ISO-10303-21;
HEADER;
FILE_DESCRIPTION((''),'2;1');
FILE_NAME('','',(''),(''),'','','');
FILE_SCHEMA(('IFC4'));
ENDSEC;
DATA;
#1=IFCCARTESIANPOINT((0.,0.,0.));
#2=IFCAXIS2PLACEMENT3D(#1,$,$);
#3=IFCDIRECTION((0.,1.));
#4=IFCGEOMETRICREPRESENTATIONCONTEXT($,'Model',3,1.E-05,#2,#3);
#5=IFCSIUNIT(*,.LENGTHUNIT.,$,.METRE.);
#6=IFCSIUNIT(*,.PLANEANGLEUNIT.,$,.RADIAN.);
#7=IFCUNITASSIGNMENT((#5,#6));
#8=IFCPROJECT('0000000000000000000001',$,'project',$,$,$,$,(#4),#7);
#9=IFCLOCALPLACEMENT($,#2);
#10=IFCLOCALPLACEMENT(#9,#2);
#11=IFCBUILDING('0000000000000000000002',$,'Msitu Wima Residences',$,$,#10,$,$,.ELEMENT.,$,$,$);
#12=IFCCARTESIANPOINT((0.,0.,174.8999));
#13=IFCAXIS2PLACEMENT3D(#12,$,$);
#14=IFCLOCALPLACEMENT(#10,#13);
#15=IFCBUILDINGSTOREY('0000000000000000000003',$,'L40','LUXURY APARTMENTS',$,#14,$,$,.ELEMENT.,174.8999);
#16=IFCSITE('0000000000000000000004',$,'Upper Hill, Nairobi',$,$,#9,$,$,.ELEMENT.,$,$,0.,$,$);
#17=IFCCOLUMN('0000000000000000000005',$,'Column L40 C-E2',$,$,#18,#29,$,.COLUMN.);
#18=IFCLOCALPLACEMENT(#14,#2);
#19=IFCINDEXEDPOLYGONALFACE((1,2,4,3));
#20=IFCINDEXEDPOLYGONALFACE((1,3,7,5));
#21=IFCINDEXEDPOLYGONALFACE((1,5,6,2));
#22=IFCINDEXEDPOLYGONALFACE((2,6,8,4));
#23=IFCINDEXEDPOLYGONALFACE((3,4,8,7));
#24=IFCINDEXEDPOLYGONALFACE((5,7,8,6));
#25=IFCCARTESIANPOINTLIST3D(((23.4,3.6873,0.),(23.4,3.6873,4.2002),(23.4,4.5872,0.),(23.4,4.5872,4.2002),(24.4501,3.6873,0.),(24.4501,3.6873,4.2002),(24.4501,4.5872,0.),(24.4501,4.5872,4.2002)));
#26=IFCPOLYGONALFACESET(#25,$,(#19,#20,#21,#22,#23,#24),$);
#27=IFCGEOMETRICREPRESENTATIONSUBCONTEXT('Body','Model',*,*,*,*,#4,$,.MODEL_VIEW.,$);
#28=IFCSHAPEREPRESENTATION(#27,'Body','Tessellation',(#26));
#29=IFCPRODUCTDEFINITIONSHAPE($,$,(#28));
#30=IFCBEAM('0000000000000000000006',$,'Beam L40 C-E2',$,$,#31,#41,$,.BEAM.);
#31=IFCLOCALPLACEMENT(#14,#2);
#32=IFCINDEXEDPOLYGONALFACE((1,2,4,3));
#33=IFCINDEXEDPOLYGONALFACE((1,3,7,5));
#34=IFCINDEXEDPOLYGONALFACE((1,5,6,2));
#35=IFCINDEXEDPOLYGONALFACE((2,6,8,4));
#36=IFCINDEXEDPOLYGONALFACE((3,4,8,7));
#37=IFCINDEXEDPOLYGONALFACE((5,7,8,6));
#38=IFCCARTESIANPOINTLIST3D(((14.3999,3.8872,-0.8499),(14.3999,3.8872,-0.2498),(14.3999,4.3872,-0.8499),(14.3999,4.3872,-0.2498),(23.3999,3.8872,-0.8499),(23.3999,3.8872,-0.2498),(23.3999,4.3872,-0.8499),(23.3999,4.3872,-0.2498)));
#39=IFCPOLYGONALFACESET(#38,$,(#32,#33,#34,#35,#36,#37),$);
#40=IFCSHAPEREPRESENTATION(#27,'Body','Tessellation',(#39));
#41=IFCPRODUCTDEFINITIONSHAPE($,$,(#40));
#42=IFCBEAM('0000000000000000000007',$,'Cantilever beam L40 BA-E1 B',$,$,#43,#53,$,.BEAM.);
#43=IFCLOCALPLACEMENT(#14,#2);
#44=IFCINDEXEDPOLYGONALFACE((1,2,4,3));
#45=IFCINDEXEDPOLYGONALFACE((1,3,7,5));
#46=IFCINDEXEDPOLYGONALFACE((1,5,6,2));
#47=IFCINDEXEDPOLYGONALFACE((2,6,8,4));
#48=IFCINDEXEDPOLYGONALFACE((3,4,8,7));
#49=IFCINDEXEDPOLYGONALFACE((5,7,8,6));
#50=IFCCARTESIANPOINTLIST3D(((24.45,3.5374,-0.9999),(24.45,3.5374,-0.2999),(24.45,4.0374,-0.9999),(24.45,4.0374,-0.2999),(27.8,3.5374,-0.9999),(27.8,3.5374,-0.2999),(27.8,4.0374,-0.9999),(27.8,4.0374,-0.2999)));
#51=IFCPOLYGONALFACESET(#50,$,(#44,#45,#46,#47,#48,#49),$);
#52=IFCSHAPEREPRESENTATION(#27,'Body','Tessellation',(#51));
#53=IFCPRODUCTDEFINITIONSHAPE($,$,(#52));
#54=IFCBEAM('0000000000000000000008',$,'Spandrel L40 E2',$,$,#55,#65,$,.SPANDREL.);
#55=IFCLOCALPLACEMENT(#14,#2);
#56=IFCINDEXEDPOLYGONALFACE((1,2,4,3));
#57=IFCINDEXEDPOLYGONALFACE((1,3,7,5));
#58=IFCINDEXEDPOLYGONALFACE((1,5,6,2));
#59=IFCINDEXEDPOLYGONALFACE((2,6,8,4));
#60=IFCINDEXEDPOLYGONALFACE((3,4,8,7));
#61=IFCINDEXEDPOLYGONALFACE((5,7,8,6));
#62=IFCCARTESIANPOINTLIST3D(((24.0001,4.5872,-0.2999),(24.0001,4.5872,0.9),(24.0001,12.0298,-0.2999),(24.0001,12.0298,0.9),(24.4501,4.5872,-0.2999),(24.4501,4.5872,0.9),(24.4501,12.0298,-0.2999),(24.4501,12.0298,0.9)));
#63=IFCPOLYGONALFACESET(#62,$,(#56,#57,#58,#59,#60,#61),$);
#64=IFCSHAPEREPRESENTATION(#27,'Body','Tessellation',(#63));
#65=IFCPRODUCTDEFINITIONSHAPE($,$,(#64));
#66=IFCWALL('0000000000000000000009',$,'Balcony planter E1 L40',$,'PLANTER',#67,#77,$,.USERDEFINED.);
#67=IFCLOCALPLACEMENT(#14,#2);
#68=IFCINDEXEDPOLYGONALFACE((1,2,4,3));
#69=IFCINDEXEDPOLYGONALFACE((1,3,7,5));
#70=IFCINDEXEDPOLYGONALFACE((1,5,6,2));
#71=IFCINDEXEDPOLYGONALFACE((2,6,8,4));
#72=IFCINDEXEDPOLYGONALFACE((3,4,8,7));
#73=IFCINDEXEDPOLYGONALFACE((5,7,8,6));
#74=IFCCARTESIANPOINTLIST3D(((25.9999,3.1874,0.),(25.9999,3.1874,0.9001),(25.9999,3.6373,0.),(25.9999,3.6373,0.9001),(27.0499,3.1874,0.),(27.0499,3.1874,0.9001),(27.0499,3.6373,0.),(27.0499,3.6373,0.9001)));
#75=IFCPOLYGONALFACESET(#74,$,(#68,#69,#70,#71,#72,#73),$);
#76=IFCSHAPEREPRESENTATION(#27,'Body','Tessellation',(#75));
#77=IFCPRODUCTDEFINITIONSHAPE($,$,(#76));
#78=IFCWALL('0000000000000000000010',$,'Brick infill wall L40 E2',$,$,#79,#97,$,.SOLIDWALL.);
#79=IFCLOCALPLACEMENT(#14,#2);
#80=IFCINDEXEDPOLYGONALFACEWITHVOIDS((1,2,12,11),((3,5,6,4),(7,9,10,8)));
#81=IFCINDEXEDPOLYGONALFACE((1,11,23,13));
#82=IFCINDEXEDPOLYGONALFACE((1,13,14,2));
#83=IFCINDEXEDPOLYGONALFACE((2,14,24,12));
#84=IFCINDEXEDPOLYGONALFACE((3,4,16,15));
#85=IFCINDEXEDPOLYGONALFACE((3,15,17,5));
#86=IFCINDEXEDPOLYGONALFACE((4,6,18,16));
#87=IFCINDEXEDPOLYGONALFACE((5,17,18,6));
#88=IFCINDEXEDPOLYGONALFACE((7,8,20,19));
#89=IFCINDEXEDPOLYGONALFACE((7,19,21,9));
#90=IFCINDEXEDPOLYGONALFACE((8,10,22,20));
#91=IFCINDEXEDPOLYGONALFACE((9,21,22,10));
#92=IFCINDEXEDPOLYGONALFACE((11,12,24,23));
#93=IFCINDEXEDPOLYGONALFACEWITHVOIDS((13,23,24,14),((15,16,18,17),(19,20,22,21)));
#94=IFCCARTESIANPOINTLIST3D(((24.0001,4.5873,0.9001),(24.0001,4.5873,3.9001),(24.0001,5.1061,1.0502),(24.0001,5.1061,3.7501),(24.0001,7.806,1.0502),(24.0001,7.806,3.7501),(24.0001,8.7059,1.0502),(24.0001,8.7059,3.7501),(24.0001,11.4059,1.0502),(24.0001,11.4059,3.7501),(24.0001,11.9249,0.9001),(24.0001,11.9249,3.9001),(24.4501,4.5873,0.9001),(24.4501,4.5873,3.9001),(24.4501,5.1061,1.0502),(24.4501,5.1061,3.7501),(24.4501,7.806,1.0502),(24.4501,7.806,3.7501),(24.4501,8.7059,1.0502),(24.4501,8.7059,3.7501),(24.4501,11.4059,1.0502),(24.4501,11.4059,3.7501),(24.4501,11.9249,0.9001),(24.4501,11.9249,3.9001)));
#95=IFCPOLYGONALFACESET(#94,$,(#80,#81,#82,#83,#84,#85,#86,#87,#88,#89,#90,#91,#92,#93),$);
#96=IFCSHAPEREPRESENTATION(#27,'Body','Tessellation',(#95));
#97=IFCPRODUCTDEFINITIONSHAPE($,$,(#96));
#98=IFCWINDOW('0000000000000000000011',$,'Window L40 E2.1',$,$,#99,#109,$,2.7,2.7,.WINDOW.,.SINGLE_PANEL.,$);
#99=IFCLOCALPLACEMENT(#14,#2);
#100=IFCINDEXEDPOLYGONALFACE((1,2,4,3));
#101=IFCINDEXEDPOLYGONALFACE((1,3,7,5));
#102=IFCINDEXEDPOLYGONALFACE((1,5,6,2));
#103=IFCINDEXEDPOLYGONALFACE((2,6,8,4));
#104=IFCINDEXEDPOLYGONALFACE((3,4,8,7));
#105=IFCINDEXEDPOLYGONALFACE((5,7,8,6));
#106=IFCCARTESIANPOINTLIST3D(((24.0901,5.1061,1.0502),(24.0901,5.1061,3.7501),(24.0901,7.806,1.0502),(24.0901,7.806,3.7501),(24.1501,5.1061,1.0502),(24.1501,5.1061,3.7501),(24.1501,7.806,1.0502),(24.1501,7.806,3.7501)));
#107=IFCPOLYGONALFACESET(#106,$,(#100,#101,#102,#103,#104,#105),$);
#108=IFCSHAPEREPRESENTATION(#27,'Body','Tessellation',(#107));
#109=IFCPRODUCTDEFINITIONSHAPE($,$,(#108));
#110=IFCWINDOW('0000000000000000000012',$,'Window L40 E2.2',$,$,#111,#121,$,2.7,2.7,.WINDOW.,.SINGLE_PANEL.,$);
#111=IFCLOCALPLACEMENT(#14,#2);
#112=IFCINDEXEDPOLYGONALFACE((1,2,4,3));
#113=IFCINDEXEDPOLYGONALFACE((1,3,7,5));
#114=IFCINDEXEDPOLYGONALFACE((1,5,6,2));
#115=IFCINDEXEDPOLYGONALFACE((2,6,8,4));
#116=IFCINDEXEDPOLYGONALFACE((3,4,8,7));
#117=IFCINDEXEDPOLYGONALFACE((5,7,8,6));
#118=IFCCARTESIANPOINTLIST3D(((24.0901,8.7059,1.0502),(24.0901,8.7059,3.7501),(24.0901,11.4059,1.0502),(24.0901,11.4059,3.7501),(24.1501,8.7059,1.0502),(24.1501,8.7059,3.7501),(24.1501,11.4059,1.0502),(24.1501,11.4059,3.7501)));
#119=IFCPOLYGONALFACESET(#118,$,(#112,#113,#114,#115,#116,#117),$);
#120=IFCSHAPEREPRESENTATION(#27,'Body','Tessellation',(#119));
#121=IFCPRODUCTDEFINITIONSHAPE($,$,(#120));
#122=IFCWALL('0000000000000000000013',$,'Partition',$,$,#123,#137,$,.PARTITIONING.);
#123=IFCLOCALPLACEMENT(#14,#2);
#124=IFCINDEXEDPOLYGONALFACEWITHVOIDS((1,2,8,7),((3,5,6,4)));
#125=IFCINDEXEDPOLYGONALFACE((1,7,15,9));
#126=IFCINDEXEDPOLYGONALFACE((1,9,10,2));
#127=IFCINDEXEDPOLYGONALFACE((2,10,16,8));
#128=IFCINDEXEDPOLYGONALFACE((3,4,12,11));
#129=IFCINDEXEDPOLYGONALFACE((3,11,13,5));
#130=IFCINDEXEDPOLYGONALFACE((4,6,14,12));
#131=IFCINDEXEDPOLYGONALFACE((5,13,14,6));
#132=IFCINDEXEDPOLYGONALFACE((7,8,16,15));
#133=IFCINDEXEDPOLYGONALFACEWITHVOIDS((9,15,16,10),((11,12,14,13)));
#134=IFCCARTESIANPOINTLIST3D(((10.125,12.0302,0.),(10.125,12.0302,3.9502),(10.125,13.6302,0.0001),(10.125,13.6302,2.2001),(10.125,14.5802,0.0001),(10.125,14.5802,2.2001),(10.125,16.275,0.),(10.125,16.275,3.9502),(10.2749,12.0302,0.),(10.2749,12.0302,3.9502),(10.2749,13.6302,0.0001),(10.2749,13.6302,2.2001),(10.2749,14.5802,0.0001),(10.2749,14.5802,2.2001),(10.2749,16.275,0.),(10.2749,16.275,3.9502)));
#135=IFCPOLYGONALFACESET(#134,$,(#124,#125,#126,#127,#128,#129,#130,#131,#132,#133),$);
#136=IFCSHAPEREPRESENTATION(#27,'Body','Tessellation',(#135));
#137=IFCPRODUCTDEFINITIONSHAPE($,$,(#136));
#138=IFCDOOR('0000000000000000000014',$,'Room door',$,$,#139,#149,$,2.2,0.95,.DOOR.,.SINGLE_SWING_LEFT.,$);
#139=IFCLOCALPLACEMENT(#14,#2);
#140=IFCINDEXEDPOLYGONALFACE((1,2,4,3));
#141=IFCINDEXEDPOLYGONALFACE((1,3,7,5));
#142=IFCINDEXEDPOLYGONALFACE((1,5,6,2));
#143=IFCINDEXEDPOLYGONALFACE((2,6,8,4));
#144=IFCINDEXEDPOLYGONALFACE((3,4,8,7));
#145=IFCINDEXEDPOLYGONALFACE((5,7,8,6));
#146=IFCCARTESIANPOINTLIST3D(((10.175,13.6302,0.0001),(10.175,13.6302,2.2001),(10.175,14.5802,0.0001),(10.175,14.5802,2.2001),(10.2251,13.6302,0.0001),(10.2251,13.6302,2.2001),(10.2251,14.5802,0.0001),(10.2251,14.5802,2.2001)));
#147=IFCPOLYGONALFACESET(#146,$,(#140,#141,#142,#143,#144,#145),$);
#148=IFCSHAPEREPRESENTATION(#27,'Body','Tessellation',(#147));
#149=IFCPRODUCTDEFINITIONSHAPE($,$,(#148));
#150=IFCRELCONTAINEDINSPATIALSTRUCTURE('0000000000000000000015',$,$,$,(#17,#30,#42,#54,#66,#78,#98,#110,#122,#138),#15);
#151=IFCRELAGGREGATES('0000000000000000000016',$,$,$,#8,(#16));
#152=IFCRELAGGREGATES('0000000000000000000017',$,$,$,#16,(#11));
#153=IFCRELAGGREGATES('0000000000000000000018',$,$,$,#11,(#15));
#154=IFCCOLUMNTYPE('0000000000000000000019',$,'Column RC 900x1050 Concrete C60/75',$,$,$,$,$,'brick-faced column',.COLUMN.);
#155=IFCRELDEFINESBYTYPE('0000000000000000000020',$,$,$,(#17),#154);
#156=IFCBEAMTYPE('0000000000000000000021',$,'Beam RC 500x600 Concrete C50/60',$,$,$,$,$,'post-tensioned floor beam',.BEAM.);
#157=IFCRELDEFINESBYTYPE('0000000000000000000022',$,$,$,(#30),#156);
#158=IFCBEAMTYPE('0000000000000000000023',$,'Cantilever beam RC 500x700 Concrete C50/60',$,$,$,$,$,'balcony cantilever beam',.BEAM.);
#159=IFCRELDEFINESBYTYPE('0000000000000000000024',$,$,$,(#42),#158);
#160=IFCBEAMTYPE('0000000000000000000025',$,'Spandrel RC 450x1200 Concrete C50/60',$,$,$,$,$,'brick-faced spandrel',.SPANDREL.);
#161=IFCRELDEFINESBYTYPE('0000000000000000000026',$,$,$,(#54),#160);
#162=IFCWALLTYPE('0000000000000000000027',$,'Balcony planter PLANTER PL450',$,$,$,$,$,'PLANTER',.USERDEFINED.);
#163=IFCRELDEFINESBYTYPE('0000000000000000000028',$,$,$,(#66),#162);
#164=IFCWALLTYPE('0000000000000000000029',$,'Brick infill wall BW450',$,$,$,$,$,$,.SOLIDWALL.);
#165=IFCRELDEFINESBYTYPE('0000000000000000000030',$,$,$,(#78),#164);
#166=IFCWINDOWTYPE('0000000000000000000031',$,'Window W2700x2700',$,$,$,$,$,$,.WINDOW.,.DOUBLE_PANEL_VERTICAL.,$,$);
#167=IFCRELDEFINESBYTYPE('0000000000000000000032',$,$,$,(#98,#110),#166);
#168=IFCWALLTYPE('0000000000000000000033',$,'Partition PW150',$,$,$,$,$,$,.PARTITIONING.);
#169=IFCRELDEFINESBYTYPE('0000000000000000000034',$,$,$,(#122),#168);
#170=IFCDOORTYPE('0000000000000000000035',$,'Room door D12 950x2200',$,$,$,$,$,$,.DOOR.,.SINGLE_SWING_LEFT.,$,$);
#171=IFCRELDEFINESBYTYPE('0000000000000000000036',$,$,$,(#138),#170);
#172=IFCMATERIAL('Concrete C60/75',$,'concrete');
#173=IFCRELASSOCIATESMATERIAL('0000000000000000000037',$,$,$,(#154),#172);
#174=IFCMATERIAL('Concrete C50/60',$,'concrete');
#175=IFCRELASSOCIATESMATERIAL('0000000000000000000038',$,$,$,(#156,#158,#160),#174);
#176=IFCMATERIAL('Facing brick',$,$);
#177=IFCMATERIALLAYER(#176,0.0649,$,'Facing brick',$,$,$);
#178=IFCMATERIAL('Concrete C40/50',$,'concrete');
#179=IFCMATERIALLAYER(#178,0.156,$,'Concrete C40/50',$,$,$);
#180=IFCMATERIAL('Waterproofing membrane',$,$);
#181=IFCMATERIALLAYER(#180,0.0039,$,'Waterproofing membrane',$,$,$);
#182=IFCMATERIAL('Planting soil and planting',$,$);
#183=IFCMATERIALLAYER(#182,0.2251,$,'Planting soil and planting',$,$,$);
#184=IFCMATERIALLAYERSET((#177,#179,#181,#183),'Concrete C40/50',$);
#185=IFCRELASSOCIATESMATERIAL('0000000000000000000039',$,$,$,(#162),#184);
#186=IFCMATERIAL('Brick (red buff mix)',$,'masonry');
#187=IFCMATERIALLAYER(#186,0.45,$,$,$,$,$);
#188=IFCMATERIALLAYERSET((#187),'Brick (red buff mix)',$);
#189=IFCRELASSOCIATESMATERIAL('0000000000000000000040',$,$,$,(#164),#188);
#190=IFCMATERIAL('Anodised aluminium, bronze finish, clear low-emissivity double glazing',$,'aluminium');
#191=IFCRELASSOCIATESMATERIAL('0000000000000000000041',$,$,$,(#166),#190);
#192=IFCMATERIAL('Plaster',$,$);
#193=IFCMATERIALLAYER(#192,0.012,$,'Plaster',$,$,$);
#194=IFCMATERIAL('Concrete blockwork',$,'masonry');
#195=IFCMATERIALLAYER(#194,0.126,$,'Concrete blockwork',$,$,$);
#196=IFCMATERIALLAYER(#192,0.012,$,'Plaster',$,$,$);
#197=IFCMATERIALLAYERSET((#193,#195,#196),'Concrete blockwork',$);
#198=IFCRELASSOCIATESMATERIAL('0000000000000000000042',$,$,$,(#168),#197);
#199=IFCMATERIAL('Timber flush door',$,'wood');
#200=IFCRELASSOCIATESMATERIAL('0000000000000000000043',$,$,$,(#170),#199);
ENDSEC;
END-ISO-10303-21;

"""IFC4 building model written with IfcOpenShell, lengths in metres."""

from ifc_helpers import new_model, si_unit, direction, frame, frame_2d, origin, origin_2d, place, context, subcontext, project, spatial, rectangle, extrude, material, layer, layer_set, material_profile, profile_set, type_object, element, fill, save


model = new_model("IFC4")

# Units and contexts
model_context = context("Model", 3, precision=1e-05, world=origin(), true_north=direction((0.0, 1.0)))
body_context = subcontext(model_context, "Body", "Model", "MODEL_VIEW")
ifc_project = project(units=[si_unit("LENGTHUNIT", "METRE"), si_unit("PLANEANGLEUNIT", "RADIAN")], contexts=[model_context])

# Site, building, storey
site_placement = place(None, origin())
site = spatial("IfcSite", under=ifc_project, at=site_placement, Name="Upper Hill, Nairobi", CompositionType="ELEMENT", RefElevation=0.0)
building_placement = place(site_placement, origin())
building = spatial("IfcBuilding", under=site, at=building_placement, Name="Msitu Wima Residences", CompositionType="ELEMENT")
storey_placement = place(building_placement, frame((0.0, 0.0, 174.8999)))
storey = spatial("IfcBuildingStorey", under=building, at=storey_placement, Name="L40", Description="LUXURY APARTMENTS", CompositionType="ELEMENT", Elevation=174.8999)

# Column
ifc_material_1 = material(Name="Concrete C60/75", Category="concrete")
ifc_material_profile_1 = material_profile(ifc_material_1, rectangle(XDim=0.8999, YDim=1.05, at=origin_2d()), Name="RC 900x1050")
ifc_profile_set_1 = profile_set([ifc_material_profile_1], Name="Concrete C60/75")
column_type = type_object("IfcColumnType", Name="Column RC 900x1050 Concrete C60/75", ElementType="brick-faced column", PredefinedType="COLUMN", material=ifc_profile_set_1)
column_placement = place(storey_placement, frame((23.925, 4.1372, 0.0), z_axis=(0.0, 0.0, 1.0), x_axis=(0.0, 1.0, 0.0)))
element("IfcColumn", 1, at=column_placement, inside=storey, type_object=column_type, Name="Column L40 C-E2", PredefinedType="COLUMN", context=body_context, shape_type="SweptSolid", body=[
    extrude(rectangle(XDim=0.8999, YDim=1.05, at=origin_2d()), origin(), (0.0, 0.0, 1.0), 4.2002),
])

# Beams
ifc_material_2 = material(Name="Concrete C50/60", Category="concrete")
ifc_material_profile_2 = material_profile(ifc_material_2, rectangle(XDim=0.5, YDim=0.6001, at=origin_2d()), Name="RC 500x600")
ifc_profile_set_2 = profile_set([ifc_material_profile_2], Name="Concrete C50/60")
beam_type_1 = type_object("IfcBeamType", Name="Beam RC 500x600 Concrete C50/60", ElementType="post-tensioned floor beam", PredefinedType="BEAM", material=ifc_profile_set_2)
beam_1_placement = place(storey_placement, frame((23.3999, 4.1372, -0.5498), z_axis=(-1.0, 0.0, 0.0), x_axis=(0.0, -1.0, 0.0)))
element("IfcBeam", 2, at=beam_1_placement, inside=storey, type_object=beam_type_1, Name="Beam L40 C-E2", PredefinedType="BEAM", context=body_context, shape_type="SweptSolid", body=[
    extrude(rectangle(XDim=0.5, YDim=0.6001, at=origin_2d()), origin(), (0.0, 0.0, 1.0), 9.0),
])
ifc_material_profile_3 = material_profile(ifc_material_2, rectangle(XDim=0.5, YDim=0.7, at=origin_2d()), Name="RC 500x700")
ifc_profile_set_3 = profile_set([ifc_material_profile_3], Name="Concrete C50/60")
beam_type_2 = type_object("IfcBeamType", Name="Cantilever beam RC 500x700 Concrete C50/60", ElementType="balcony cantilever beam", PredefinedType="BEAM", material=ifc_profile_set_3)
beam_2_placement = place(storey_placement, frame((24.45, 3.7874, -0.6499), z_axis=(1.0, 0.0, 0.0), x_axis=(0.0, 1.0, 0.0)))
element("IfcBeam", 3, at=beam_2_placement, inside=storey, type_object=beam_type_2, Name="Cantilever beam L40 BA-E1 B", PredefinedType="BEAM", context=body_context, shape_type="SweptSolid", body=[
    extrude(rectangle(XDim=0.5, YDim=0.7, at=origin_2d()), origin(), (0.0, 0.0, 1.0), 3.3501),
])
ifc_material_profile_4 = material_profile(ifc_material_2, rectangle(XDim=0.45, YDim=1.2, at=origin_2d()), Name="RC 450x1200")
ifc_profile_set_4 = profile_set([ifc_material_profile_4], Name="Concrete C50/60")
beam_type_3 = type_object("IfcBeamType", Name="Spandrel RC 450x1200 Concrete C50/60", ElementType="brick-faced spandrel", PredefinedType="SPANDREL", material=ifc_profile_set_4)
beam_3_placement = place(storey_placement, frame((24.2251, 4.5872, 0.3), z_axis=(0.0, 1.0, 0.0), x_axis=(-1.0, 0.0, 0.0)))
element("IfcBeam", 4, at=beam_3_placement, inside=storey, type_object=beam_type_3, Name="Spandrel L40 E2", PredefinedType="SPANDREL", context=body_context, shape_type="SweptSolid", body=[
    extrude(rectangle(XDim=0.45, YDim=1.2, at=origin_2d()), origin(), (0.0, 0.0, 1.0), 7.4426),
])

# Wall
ifc_material_3 = material(Name="Facing brick")
ifc_layer_1 = layer(ifc_material_3, 0.0649, Name="Facing brick")
ifc_material_4 = material(Name="Concrete C40/50", Category="concrete")
ifc_layer_2 = layer(ifc_material_4, 0.156, Name="Concrete C40/50")
ifc_material_5 = material(Name="Waterproofing membrane")
ifc_layer_3 = layer(ifc_material_5, 0.0039, Name="Waterproofing membrane")
ifc_material_6 = material(Name="Planting soil and planting")
ifc_layer_4 = layer(ifc_material_6, 0.2251, Name="Planting soil and planting")
ifc_layer_set_1 = layer_set([ifc_layer_1, ifc_layer_2, ifc_layer_3, ifc_layer_4], Name="Concrete C40/50")
wall_type_1 = type_object("IfcWallType", Name="Balcony planter PLANTER PL450", ElementType="PLANTER", PredefinedType="USERDEFINED", material=ifc_layer_set_1)
wall_1_placement = place(storey_placement, frame((26.0, 3.4124, 0.0), z_axis=(0.0, 0.0, 1.0), x_axis=(1.0, 0.0, 0.0)))
element("IfcWall", 5, at=wall_1_placement, inside=storey, type_object=wall_type_1, Name="Balcony planter E1 L40", ObjectType="PLANTER", PredefinedType="USERDEFINED", context=body_context, shape_type="SweptSolid", body=[
    extrude(rectangle(XDim=1.05, YDim=0.45, at=frame_2d((0.5249, 0.0))), origin(), (0.0, 0.0, 1.0), 0.9001),
])

# Wall, openings, windows
ifc_material_7 = material(Name="Brick (red buff mix)", Category="masonry")
ifc_layer_5 = layer(ifc_material_7, 0.45)
ifc_layer_set_2 = layer_set([ifc_layer_5], Name="Brick (red buff mix)")
wall_type_2 = type_object("IfcWallType", Name="Brick infill wall BW450", PredefinedType="SOLIDWALL", material=ifc_layer_set_2)
wall_2_placement = place(storey_placement, frame((24.2251, 4.5872, 0.9001), z_axis=(0.0, 0.0, 1.0), x_axis=(0.0, 1.0, 0.0)))
wall_2 = element("IfcWall", 6, at=wall_2_placement, inside=storey, type_object=wall_type_2, Name="Brick infill wall L40 E2", PredefinedType="SOLIDWALL", context=body_context, shape_type="SweptSolid", body=[
    extrude(rectangle(XDim=7.3376, YDim=0.45, at=frame_2d((3.6689, 0.0))), origin(), (0.0, 0.0, 1.0), 3.0),
])
opening_1_placement = place(wall_2_placement, frame((0.5188, 0.0, 0.1499)))
opening_1 = element("IfcOpeningElement", 7, at=opening_1_placement, cuts=wall_2, PredefinedType="OPENING", context=body_context, shape_type="SweptSolid", body=[
    extrude(rectangle(XDim=2.7, YDim=2.7, at=frame_2d((1.3501, 1.3501))), frame((0.0, 0.2349, 0.0), z_axis=(0.0, -1.0, 0.0), x_axis=(1.0, 0.0, 0.0)), (0.0, 0.0, 1.0), 0.47),
])
opening_2_placement = place(wall_2_placement, frame((4.1187, 0.0, 0.1499)))
opening_2 = element("IfcOpeningElement", 8, at=opening_2_placement, cuts=wall_2, PredefinedType="OPENING", context=body_context, shape_type="SweptSolid", body=[
    extrude(rectangle(XDim=2.7, YDim=2.7, at=frame_2d((1.3501, 1.3501))), frame((0.0, 0.2349, 0.0), z_axis=(0.0, -1.0, 0.0), x_axis=(1.0, 0.0, 0.0)), (0.0, 0.0, 1.0), 0.47),
])
ifc_material_8 = material(Name="Anodised aluminium, bronze finish, clear low-emissivity double glazing", Category="aluminium")
window_type = type_object("IfcWindowType", Name="Window W2700x2700", PartitioningType="DOUBLE_PANEL_VERTICAL", PredefinedType="WINDOW", material=ifc_material_8)
window_1_placement = place(opening_1_placement, origin())
window_1 = element("IfcWindow", 9, at=window_1_placement, inside=storey, type_object=window_type, Name="Window L40 E2.1", OverallHeight=2.7, OverallWidth=2.7, PartitioningType="SINGLE_PANEL", PredefinedType="WINDOW", context=body_context, shape_type="SweptSolid", body=[
    extrude(rectangle(XDim=2.7, YDim=2.7, at=frame_2d((1.3501, 1.3501))), frame((0.0, 0.135, 0.0), z_axis=(0.0, -1.0, 0.0), x_axis=(1.0, 0.0, 0.0)), (0.0, 0.0, 1.0), 0.0601),
])
fill(opening_1, window_1)
window_2_placement = place(opening_2_placement, origin())
window_2 = element("IfcWindow", 10, at=window_2_placement, inside=storey, type_object=window_type, Name="Window L40 E2.2", OverallHeight=2.7, OverallWidth=2.7, PartitioningType="SINGLE_PANEL", PredefinedType="WINDOW", context=body_context, shape_type="SweptSolid", body=[
    extrude(rectangle(XDim=2.7, YDim=2.7, at=frame_2d((1.3501, 1.3501))), frame((0.0, 0.135, 0.0), z_axis=(0.0, -1.0, 0.0), x_axis=(1.0, 0.0, 0.0)), (0.0, 0.0, 1.0), 0.0601),
])
fill(opening_2, window_2)

# Wall, opening, door
ifc_material_9 = material(Name="Plaster")
ifc_layer_6 = layer(ifc_material_9, 0.012, Name="Plaster")
ifc_material_10 = material(Name="Concrete blockwork", Category="masonry")
ifc_layer_7 = layer(ifc_material_10, 0.126, Name="Concrete blockwork")
ifc_layer_8 = layer(ifc_material_9, 0.012, Name="Plaster")
ifc_layer_set_3 = layer_set([ifc_layer_6, ifc_layer_7, ifc_layer_8], Name="Concrete blockwork")
wall_type_3 = type_object("IfcWallType", Name="Partition PW150", PredefinedType="PARTITIONING", material=ifc_layer_set_3)
wall_3_placement = place(storey_placement, frame((10.2, 12.03, 0.0), z_axis=(0.0, 0.0, 1.0), x_axis=(0.0, 1.0, 0.0)))
wall_3 = element("IfcWall", 11, at=wall_3_placement, inside=storey, type_object=wall_type_3, Name="Partition", PredefinedType="PARTITIONING", context=body_context, shape_type="SweptSolid", body=[
    extrude(rectangle(XDim=4.2449, YDim=0.1499, at=frame_2d((2.1226, 0.0))), origin(), (0.0, 0.0, 1.0), 3.9502),
])
opening_3_placement = place(wall_3_placement, frame((1.6001, 0.0, 0.0)))
opening_3 = element("IfcOpeningElement", 12, at=opening_3_placement, cuts=wall_3, PredefinedType="OPENING", context=body_context, shape_type="SweptSolid", body=[
    extrude(rectangle(XDim=0.95, YDim=2.2, at=frame_2d((0.4751, 1.1001))), frame((0.0, 0.085, 0.0), z_axis=(0.0, -1.0, 0.0), x_axis=(1.0, 0.0, 0.0)), (0.0, 0.0, 1.0), 0.1699),
])
ifc_material_11 = material(Name="Timber flush door", Category="wood")
door_type_1 = type_object("IfcDoorType", Name="Room door D12 950x2200", OperationType="SINGLE_SWING_LEFT", PredefinedType="DOOR", material=ifc_material_11)
door_1_placement = place(opening_3_placement, origin())
door_1 = element("IfcDoor", 13, at=door_1_placement, inside=storey, type_object=door_type_1, Name="Room door", OperationType="SINGLE_SWING_LEFT", OverallHeight=2.2, OverallWidth=0.95, PredefinedType="DOOR", context=body_context, shape_type="SweptSolid", body=[
    extrude(rectangle(XDim=0.95, YDim=2.2, at=frame_2d((0.4751, 1.1001))), frame((0.0, 0.0249, 0.0), z_axis=(0.0, -1.0, 0.0), x_axis=(1.0, 0.0, 0.0)), (0.0, 0.0, 1.0), 0.05),
])
fill(opening_3, door_1)

save(model, "model.ifc")
